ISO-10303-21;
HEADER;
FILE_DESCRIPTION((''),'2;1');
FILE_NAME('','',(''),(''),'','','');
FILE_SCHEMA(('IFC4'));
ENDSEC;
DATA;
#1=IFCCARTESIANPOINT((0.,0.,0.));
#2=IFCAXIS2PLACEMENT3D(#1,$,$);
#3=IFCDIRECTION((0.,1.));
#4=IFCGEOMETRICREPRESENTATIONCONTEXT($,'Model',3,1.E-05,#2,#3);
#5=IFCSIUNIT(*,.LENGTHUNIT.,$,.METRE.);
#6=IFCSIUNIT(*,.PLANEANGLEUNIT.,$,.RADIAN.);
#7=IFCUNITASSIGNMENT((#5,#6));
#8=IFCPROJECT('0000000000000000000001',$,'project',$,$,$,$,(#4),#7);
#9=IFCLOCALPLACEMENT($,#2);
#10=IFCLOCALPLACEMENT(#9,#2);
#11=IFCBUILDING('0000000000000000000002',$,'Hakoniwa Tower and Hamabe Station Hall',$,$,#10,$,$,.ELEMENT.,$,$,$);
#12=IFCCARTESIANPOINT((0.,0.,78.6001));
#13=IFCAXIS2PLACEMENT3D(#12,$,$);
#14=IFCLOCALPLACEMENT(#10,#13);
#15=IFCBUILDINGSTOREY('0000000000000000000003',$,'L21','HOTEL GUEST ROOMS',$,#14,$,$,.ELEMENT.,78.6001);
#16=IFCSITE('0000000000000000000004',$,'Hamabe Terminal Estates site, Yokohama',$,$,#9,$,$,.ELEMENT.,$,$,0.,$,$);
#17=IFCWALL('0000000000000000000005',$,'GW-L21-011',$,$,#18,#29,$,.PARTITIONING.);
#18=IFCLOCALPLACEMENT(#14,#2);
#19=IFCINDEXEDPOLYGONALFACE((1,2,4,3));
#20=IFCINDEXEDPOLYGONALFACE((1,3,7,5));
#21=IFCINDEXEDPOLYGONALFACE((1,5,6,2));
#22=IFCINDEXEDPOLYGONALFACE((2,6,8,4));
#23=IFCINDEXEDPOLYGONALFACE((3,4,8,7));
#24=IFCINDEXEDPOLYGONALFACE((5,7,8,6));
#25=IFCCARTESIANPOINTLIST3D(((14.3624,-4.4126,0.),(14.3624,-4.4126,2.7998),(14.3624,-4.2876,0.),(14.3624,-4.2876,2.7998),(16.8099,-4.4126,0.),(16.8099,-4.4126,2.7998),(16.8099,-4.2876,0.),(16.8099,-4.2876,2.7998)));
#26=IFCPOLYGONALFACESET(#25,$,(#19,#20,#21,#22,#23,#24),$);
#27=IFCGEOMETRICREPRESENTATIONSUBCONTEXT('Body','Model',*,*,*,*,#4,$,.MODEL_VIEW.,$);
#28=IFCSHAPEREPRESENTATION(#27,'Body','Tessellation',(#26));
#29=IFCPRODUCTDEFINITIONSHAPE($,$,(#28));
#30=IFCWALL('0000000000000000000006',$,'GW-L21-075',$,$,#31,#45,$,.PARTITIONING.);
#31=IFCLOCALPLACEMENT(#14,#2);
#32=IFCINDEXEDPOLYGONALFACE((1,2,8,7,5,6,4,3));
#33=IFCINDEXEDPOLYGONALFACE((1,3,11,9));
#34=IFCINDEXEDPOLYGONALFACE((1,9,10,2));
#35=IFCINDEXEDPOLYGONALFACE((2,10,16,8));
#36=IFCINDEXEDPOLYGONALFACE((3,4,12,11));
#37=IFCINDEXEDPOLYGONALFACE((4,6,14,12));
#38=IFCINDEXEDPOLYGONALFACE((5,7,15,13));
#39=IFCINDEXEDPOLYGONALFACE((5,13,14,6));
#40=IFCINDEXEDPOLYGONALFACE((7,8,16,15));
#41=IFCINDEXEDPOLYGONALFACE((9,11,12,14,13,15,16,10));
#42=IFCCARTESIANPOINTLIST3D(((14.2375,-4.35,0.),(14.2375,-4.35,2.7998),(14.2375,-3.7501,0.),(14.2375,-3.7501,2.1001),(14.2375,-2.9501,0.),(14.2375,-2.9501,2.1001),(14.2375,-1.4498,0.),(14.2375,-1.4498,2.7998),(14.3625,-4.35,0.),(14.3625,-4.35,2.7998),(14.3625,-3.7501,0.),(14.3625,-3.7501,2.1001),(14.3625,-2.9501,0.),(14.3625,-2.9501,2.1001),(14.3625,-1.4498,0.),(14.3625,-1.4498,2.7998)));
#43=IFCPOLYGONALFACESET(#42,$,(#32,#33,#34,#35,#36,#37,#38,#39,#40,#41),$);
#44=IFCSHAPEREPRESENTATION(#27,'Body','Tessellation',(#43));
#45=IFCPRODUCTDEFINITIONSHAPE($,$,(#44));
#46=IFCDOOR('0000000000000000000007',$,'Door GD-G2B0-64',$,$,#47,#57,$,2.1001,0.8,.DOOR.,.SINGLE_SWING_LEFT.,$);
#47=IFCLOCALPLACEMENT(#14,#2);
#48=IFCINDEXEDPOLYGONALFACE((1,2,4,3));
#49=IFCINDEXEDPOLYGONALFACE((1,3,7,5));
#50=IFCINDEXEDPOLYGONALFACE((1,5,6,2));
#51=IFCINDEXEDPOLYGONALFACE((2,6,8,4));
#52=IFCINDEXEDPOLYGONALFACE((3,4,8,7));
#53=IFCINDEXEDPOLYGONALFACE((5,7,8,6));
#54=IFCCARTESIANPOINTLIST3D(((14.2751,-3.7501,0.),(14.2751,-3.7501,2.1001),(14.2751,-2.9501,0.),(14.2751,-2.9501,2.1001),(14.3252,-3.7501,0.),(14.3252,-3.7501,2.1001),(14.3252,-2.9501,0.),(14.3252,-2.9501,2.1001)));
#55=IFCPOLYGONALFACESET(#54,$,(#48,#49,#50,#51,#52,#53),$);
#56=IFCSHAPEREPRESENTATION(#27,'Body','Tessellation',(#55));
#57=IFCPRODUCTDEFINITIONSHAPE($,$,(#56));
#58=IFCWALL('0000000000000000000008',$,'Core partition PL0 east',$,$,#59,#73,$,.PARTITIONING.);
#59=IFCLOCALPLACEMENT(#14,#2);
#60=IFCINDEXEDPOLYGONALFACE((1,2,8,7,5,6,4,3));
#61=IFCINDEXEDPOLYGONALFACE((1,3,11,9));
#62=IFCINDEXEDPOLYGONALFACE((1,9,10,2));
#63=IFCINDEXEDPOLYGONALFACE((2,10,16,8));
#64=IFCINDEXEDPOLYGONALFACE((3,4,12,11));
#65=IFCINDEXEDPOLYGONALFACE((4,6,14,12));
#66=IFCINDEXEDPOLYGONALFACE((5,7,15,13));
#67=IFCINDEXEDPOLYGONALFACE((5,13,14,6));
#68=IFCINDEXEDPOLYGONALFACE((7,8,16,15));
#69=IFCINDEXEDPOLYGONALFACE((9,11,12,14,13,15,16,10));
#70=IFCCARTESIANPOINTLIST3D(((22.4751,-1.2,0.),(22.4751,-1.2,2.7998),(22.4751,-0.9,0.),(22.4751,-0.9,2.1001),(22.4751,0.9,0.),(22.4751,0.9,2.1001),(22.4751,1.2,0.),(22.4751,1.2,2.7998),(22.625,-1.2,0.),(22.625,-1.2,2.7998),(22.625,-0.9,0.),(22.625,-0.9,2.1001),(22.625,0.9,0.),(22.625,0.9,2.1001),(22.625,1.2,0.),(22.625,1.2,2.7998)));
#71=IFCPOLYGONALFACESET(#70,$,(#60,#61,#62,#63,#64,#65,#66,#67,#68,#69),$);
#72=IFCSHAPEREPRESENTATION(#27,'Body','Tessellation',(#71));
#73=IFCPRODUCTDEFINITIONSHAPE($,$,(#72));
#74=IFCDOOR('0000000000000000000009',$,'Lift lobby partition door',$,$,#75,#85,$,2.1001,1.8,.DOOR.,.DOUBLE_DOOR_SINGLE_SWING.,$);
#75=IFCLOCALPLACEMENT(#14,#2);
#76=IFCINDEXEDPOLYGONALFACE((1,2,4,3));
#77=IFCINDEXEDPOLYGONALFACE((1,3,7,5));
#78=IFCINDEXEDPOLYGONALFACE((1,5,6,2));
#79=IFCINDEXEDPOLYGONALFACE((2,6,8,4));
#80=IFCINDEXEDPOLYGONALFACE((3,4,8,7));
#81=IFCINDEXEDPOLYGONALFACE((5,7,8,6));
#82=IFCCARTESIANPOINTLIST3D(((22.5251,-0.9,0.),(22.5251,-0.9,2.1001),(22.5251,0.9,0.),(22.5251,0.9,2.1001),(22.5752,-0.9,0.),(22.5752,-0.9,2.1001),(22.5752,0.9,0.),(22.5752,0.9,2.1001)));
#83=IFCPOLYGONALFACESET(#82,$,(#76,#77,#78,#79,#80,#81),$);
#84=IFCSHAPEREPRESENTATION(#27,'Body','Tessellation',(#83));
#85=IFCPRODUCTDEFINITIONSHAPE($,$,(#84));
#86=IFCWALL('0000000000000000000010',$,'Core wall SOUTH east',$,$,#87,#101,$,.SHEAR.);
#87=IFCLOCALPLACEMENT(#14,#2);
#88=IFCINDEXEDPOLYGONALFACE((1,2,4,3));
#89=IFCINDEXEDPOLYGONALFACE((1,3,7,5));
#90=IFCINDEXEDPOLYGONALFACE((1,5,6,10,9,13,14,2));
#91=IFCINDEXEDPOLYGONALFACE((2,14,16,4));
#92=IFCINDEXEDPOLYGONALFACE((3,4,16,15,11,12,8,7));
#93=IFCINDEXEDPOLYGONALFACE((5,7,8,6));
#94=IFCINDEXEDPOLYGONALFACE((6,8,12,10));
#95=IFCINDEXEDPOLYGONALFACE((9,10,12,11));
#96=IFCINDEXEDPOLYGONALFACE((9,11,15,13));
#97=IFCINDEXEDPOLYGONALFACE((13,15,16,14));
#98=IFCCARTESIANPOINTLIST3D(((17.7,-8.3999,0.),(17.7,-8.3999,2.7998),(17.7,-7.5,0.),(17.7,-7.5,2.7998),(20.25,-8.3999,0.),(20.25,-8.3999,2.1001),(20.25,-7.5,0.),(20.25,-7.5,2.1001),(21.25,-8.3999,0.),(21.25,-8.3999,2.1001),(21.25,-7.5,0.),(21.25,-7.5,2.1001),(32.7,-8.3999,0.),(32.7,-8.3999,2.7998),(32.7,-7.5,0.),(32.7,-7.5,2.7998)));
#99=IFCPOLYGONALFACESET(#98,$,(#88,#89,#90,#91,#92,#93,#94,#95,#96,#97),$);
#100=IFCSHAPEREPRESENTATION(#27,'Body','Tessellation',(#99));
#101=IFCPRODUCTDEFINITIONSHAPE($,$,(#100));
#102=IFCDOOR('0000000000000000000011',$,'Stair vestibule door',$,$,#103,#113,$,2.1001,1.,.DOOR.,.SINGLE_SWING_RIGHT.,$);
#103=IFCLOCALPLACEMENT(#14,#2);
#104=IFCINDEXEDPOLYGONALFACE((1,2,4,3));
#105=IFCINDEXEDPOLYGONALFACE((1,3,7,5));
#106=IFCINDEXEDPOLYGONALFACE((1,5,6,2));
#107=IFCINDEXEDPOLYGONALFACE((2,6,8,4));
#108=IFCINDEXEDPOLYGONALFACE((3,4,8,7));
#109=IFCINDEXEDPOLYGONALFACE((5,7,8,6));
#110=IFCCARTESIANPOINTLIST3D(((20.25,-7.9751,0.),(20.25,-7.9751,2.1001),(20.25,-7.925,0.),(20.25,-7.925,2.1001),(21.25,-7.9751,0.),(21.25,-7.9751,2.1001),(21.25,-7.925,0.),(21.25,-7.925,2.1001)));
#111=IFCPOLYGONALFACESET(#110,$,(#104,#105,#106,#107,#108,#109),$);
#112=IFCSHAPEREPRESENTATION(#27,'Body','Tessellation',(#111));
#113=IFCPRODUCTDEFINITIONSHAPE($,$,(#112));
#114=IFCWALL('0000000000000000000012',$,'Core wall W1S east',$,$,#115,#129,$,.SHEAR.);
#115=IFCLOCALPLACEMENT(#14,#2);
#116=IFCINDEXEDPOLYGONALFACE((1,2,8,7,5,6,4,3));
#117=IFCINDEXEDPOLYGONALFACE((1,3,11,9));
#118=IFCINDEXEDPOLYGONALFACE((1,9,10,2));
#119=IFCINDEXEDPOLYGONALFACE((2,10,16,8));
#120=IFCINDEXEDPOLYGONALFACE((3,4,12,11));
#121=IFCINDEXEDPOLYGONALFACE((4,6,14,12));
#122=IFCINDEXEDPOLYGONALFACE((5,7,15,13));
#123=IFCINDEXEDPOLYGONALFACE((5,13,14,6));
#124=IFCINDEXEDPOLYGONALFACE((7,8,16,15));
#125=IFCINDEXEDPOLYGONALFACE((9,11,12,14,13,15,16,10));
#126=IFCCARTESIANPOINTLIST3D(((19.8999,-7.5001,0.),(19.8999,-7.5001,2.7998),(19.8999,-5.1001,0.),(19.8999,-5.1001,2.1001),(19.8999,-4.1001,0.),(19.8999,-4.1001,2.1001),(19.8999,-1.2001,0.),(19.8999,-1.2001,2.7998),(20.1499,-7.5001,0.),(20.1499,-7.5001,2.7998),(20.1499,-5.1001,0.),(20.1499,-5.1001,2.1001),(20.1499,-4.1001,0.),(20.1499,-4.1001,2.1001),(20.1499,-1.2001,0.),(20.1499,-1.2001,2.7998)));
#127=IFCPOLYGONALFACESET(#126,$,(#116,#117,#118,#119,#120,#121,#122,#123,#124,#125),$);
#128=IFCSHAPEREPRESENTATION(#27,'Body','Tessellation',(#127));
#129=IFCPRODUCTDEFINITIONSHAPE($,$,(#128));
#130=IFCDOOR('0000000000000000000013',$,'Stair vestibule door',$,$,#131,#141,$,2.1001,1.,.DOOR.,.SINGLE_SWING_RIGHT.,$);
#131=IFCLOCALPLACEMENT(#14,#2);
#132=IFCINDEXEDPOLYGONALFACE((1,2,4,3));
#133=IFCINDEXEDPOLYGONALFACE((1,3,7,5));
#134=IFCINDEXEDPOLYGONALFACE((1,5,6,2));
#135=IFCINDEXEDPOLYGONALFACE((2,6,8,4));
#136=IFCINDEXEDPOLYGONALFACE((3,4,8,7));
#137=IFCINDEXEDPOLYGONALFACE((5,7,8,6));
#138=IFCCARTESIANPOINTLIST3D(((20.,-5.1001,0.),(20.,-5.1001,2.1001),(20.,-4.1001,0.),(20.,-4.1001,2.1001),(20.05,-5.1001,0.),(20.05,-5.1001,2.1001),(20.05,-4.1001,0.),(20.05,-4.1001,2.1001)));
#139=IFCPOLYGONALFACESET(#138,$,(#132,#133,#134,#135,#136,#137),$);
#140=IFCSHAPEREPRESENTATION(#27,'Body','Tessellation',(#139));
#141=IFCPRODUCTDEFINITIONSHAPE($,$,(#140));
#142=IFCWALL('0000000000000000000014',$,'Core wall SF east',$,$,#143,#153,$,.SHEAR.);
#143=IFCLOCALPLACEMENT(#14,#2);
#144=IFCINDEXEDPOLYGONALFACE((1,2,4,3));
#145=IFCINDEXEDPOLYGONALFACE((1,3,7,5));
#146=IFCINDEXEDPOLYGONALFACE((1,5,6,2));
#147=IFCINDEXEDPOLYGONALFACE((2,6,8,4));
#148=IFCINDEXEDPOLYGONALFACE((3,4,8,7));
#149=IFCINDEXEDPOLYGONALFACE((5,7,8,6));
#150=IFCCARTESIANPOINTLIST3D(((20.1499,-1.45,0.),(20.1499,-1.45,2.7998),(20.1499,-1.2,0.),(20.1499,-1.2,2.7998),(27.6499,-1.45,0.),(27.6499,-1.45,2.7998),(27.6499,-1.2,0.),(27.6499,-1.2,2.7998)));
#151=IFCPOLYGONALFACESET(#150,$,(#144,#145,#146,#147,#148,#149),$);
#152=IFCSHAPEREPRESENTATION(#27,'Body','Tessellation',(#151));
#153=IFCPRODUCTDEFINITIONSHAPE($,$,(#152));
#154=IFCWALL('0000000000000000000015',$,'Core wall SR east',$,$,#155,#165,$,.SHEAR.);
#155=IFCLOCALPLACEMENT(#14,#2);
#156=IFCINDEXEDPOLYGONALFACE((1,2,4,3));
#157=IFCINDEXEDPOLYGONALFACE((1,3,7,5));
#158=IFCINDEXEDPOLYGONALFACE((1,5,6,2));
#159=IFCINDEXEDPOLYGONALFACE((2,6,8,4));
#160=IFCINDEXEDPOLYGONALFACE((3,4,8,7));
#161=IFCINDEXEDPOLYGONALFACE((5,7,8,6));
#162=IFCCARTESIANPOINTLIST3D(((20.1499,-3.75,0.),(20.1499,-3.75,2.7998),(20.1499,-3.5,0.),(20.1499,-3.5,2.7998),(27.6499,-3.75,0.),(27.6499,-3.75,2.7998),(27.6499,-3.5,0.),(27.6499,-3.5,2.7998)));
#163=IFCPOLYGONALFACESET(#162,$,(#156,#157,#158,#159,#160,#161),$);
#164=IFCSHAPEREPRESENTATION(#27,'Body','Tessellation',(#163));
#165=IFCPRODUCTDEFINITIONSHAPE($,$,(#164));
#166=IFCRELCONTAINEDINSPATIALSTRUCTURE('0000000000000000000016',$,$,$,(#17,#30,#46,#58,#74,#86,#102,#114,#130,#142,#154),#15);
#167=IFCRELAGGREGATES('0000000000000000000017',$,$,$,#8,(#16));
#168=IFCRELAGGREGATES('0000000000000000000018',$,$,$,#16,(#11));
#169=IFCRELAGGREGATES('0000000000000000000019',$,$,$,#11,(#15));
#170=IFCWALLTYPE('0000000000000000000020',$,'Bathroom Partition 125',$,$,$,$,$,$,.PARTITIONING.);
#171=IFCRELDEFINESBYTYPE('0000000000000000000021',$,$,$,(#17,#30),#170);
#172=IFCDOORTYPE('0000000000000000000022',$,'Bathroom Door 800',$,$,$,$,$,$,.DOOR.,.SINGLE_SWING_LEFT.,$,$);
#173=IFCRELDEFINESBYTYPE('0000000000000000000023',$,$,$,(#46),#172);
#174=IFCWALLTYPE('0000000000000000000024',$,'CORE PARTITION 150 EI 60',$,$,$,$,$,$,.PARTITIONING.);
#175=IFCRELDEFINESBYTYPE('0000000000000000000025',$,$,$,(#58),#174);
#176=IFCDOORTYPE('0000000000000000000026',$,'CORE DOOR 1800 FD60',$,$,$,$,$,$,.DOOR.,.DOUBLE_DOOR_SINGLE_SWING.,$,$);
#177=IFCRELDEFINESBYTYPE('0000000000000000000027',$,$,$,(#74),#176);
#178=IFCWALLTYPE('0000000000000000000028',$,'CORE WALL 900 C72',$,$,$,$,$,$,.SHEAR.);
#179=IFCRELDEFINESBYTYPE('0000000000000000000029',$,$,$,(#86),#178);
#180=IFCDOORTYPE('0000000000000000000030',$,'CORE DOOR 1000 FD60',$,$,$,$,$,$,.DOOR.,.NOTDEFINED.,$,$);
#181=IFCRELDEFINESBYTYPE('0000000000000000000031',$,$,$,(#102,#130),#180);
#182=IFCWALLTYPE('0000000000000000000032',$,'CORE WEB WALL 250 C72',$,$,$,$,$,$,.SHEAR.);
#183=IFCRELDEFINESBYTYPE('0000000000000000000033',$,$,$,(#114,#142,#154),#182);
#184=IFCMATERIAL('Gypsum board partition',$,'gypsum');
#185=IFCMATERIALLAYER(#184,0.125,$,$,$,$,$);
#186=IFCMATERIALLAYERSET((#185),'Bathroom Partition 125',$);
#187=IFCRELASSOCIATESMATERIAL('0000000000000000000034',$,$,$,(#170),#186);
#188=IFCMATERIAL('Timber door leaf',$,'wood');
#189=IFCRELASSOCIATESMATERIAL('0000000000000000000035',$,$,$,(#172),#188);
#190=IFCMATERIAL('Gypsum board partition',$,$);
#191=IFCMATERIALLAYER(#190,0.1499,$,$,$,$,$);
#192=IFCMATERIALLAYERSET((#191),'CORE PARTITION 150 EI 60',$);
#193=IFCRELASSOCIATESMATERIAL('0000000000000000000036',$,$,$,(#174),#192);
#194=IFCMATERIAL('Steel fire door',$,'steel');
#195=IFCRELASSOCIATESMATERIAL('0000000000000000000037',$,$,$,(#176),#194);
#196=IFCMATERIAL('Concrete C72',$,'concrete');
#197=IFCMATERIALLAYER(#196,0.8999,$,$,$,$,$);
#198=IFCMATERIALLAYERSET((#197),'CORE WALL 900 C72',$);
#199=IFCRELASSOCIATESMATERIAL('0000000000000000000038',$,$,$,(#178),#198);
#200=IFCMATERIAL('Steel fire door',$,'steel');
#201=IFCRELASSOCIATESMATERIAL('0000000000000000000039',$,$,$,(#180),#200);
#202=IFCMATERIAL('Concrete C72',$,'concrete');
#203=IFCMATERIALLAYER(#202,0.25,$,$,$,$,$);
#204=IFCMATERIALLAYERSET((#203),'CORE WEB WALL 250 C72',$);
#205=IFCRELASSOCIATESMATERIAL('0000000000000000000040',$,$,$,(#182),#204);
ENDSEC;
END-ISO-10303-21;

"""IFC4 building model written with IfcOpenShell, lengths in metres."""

from ifc_helpers import new_model, si_unit, direction, frame, frame_2d, origin, place, context, subcontext, project, spatial, rectangle, extrude, material, layer, layer_set, type_object, element, fill, save


model = new_model("IFC4")

# Units and contexts
model_context = context("Model", 3, precision=1e-05, world=origin(), true_north=direction((0.0, 1.0)))
body_context = subcontext(model_context, "Body", "Model", "MODEL_VIEW")
ifc_project = project(units=[si_unit("LENGTHUNIT", "METRE"), si_unit("PLANEANGLEUNIT", "RADIAN")], contexts=[model_context])

# Site, building, storey
site_placement = place(None, origin())
site = spatial("IfcSite", under=ifc_project, at=site_placement, Name="Hamabe Terminal Estates site, Yokohama", CompositionType="ELEMENT", RefElevation=0.0)
building_placement = place(site_placement, origin())
building = spatial("IfcBuilding", under=site, at=building_placement, Name="Hakoniwa Tower and Hamabe Station Hall", CompositionType="ELEMENT")
storey_placement = place(building_placement, frame((0.0, 0.0, 78.6001)))
storey = spatial("IfcBuildingStorey", under=building, at=storey_placement, Name="L21", Description="HOTEL GUEST ROOMS", CompositionType="ELEMENT", Elevation=78.6001)

# Wall
ifc_material_1 = material(Name="Gypsum board partition", Category="gypsum")
ifc_layer_1 = layer(ifc_material_1, 0.125)
ifc_layer_set_1 = layer_set([ifc_layer_1], Name="Bathroom Partition 125")
wall_type_1 = type_object("IfcWallType", Name="Bathroom Partition 125", PredefinedType="PARTITIONING", material=ifc_layer_set_1)
wall_1_placement = place(storey_placement, frame((14.3625, -4.3501, 0.0), z_axis=(0.0, 0.0, 1.0), x_axis=(1.0, 0.0, 0.0)))
element("IfcWall", 1, at=wall_1_placement, inside=storey, type_object=wall_type_1, Name="GW-L21-011", PredefinedType="PARTITIONING", context=body_context, shape_type="SweptSolid", body=[
    extrude(rectangle(XDim=2.4475, YDim=0.125, at=frame_2d((1.2236, 0.0))), origin(), (0.0, 0.0, 1.0), 2.7998),
])

# Walls, openings, doors
wall_2_placement = place(storey_placement, frame((14.3, -4.3501, 0.0), z_axis=(0.0, 0.0, 1.0), x_axis=(0.0, 1.0, 0.0)))
wall_2 = element("IfcWall", 2, at=wall_2_placement, inside=storey, type_object=wall_type_1, Name="GW-L21-075", PredefinedType="PARTITIONING", context=body_context, shape_type="SweptSolid", body=[
    extrude(rectangle(XDim=2.9001, YDim=0.125, at=frame_2d((1.4502, 0.0))), origin(), (0.0, 0.0, 1.0), 2.7998),
])
opening_1_placement = place(wall_2_placement, frame((0.6001, 0.0, 0.0)))
opening_1 = element("IfcOpeningElement", 3, at=opening_1_placement, cuts=wall_2, PredefinedType="OPENING", context=body_context, shape_type="SweptSolid", body=[
    extrude(rectangle(XDim=0.8, YDim=2.1001, at=frame_2d((0.3999, 1.05))), frame((0.0, 0.0725, 0.0), z_axis=(0.0, -1.0, 0.0), x_axis=(1.0, 0.0, 0.0)), (0.0, 0.0, 1.0), 0.145),
])
ifc_material_2 = material(Name="Timber door leaf", Category="wood")
door_type_1 = type_object("IfcDoorType", Name="Bathroom Door 800", OperationType="SINGLE_SWING_LEFT", PredefinedType="DOOR", material=ifc_material_2)
door_1_placement = place(opening_1_placement, origin())
door_1 = element("IfcDoor", 4, at=door_1_placement, inside=storey, type_object=door_type_1, Name="Door GD-G2B0-64", OperationType="SINGLE_SWING_LEFT", OverallHeight=2.1001, OverallWidth=0.8, PredefinedType="DOOR", context=body_context, shape_type="SweptSolid", body=[
    extrude(rectangle(XDim=0.8, YDim=2.1001, at=frame_2d((0.3999, 1.05))), frame((0.0, 0.0249, 0.0), z_axis=(0.0, -1.0, 0.0), x_axis=(1.0, 0.0, 0.0)), (0.0, 0.0, 1.0), 0.05),
])
fill(opening_1, door_1)
ifc_material_3 = material(Name="Gypsum board partition")
ifc_layer_2 = layer(ifc_material_3, 0.1499)
ifc_layer_set_2 = layer_set([ifc_layer_2], Name="CORE PARTITION 150 EI 60")
wall_type_2 = type_object("IfcWallType", Name="CORE PARTITION 150 EI 60", PredefinedType="PARTITIONING", material=ifc_layer_set_2)
wall_3_placement = place(storey_placement, frame((22.55, -1.2, 0.0), z_axis=(0.0, 0.0, 1.0), x_axis=(0.0, 1.0, 0.0)))
wall_3 = element("IfcWall", 5, at=wall_3_placement, inside=storey, type_object=wall_type_2, Name="Core partition PL0 east", PredefinedType="PARTITIONING", context=body_context, shape_type="SweptSolid", body=[
    extrude(rectangle(XDim=2.3999, YDim=0.1499, at=frame_2d((1.2, 0.0))), origin(), (0.0, 0.0, 1.0), 2.7998),
])
opening_2_placement = place(wall_3_placement, frame((0.3, 0.0, 0.0)))
opening_2 = element("IfcOpeningElement", 6, at=opening_2_placement, cuts=wall_3, PredefinedType="OPENING", context=body_context, shape_type="SweptSolid", body=[
    extrude(rectangle(XDim=1.8, YDim=2.1001, at=frame_2d((0.8999, 1.05))), frame((0.0, 0.085, 0.0), z_axis=(0.0, -1.0, 0.0), x_axis=(1.0, 0.0, 0.0)), (0.0, 0.0, 1.0), 0.1699),
])
ifc_material_4 = material(Name="Steel fire door", Category="steel")
door_type_2 = type_object("IfcDoorType", Name="CORE DOOR 1800 FD60", OperationType="DOUBLE_DOOR_SINGLE_SWING", PredefinedType="DOOR", material=ifc_material_4)
door_2_placement = place(opening_2_placement, origin())
door_2 = element("IfcDoor", 7, at=door_2_placement, inside=storey, type_object=door_type_2, Name="Lift lobby partition door", OperationType="DOUBLE_DOOR_SINGLE_SWING", OverallHeight=2.1001, OverallWidth=1.8, PredefinedType="DOOR", context=body_context, shape_type="SweptSolid", body=[
    extrude(rectangle(XDim=1.8, YDim=2.1001, at=frame_2d((0.8999, 1.05))), frame((0.0, 0.0249, 0.0), z_axis=(0.0, -1.0, 0.0), x_axis=(1.0, 0.0, 0.0)), (0.0, 0.0, 1.0), 0.05),
])
fill(opening_2, door_2)
ifc_material_5 = material(Name="Concrete C72", Category="concrete")
ifc_layer_3 = layer(ifc_material_5, 0.8999)
ifc_layer_set_3 = layer_set([ifc_layer_3], Name="CORE WALL 900 C72")
wall_type_3 = type_object("IfcWallType", Name="CORE WALL 900 C72", PredefinedType="SHEAR", material=ifc_layer_set_3)
wall_4_placement = place(storey_placement, frame((17.7, -7.95, 0.0), z_axis=(0.0, 0.0, 1.0), x_axis=(1.0, 0.0, 0.0)))
wall_4 = element("IfcWall", 8, at=wall_4_placement, inside=storey, type_object=wall_type_3, Name="Core wall SOUTH east", PredefinedType="SHEAR", context=body_context, shape_type="SweptSolid", body=[
    extrude(rectangle(XDim=15.0, YDim=0.8999, at=frame_2d((7.5, 0.0))), origin(), (0.0, 0.0, 1.0), 2.7998),
])
opening_3_placement = place(wall_4_placement, frame((2.55, 0.0, 0.0)))
opening_3 = element("IfcOpeningElement", 9, at=opening_3_placement, cuts=wall_4, PredefinedType="OPENING", context=body_context, shape_type="SweptSolid", body=[
    extrude(rectangle(XDim=1.0, YDim=2.1001, at=frame_2d((0.5, 1.05))), frame((0.0, 0.46, 0.0), z_axis=(0.0, -1.0, 0.0), x_axis=(1.0, 0.0, 0.0)), (0.0, 0.0, 1.0), 0.9199),
])
ifc_material_6 = material(Name="Steel fire door", Category="steel")
door_type_3 = type_object("IfcDoorType", Name="CORE DOOR 1000 FD60", OperationType="NOTDEFINED", PredefinedType="DOOR", material=ifc_material_6)
door_3_placement = place(opening_3_placement, origin())
door_3 = element("IfcDoor", 10, at=door_3_placement, inside=storey, type_object=door_type_3, Name="Stair vestibule door", OperationType="SINGLE_SWING_RIGHT", OverallHeight=2.1001, OverallWidth=1.0, PredefinedType="DOOR", context=body_context, shape_type="SweptSolid", body=[
    extrude(rectangle(XDim=1.0, YDim=2.1001, at=frame_2d((0.5, 1.05))), frame((0.0, 0.0249, 0.0), z_axis=(0.0, -1.0, 0.0), x_axis=(1.0, 0.0, 0.0)), (0.0, 0.0, 1.0), 0.05),
])
fill(opening_3, door_3)
ifc_material_7 = material(Name="Concrete C72", Category="concrete")
ifc_layer_4 = layer(ifc_material_7, 0.25)
ifc_layer_set_4 = layer_set([ifc_layer_4], Name="CORE WEB WALL 250 C72")
wall_type_4 = type_object("IfcWallType", Name="CORE WEB WALL 250 C72", PredefinedType="SHEAR", material=ifc_layer_set_4)
wall_5_placement = place(storey_placement, frame((20.0249, -7.5, 0.0), z_axis=(0.0, 0.0, 1.0), x_axis=(0.0, 1.0, 0.0)))
wall_5 = element("IfcWall", 11, at=wall_5_placement, inside=storey, type_object=wall_type_4, Name="Core wall W1S east", PredefinedType="SHEAR", context=body_context, shape_type="SweptSolid", body=[
    extrude(rectangle(XDim=6.3, YDim=0.25, at=frame_2d((3.1499, 0.0))), origin(), (0.0, 0.0, 1.0), 2.7998),
])
opening_4_placement = place(wall_5_placement, frame((2.3999, 0.0, 0.0)))
opening_4 = element("IfcOpeningElement", 12, at=opening_4_placement, cuts=wall_5, PredefinedType="OPENING", context=body_context, shape_type="SweptSolid", body=[
    extrude(rectangle(XDim=1.0, YDim=2.1001, at=frame_2d((0.5, 1.05))), frame((0.0, 0.135, 0.0), z_axis=(0.0, -1.0, 0.0), x_axis=(1.0, 0.0, 0.0)), (0.0, 0.0, 1.0), 0.27),
])
door_4_placement = place(opening_4_placement, origin())
door_4 = element("IfcDoor", 13, at=door_4_placement, inside=storey, type_object=door_type_3, Name="Stair vestibule door", OperationType="SINGLE_SWING_RIGHT", OverallHeight=2.1001, OverallWidth=1.0, PredefinedType="DOOR", context=body_context, shape_type="SweptSolid", body=[
    extrude(rectangle(XDim=1.0, YDim=2.1001, at=frame_2d((0.5, 1.05))), frame((0.0, 0.0249, 0.0), z_axis=(0.0, -1.0, 0.0), x_axis=(1.0, 0.0, 0.0)), (0.0, 0.0, 1.0), 0.05),
])
fill(opening_4, door_4)

# Walls
for number, where, z_axis, x_axis, name in (
    (14, (20.1499, -1.325, 0.0), (0.0, 0.0, 1.0), (1.0, 0.0, 0.0), "Core wall SF east"),
    (15, (20.1499, -3.625, 0.0), (0.0, 0.0, 1.0), (1.0, 0.0, 0.0), "Core wall SR east"),
):
    element("IfcWall", number, at=place(storey_placement, frame(where, z_axis=z_axis, x_axis=x_axis)), inside=storey, type_object=wall_type_4, Name=name, PredefinedType="SHEAR", context=body_context, shape_type="SweptSolid", body=[
        extrude(rectangle(XDim=7.5, YDim=0.25, at=frame_2d((3.75, 0.0))), origin(), (0.0, 0.0, 1.0), 2.7998),
    ])

save(model, "model.ifc")
